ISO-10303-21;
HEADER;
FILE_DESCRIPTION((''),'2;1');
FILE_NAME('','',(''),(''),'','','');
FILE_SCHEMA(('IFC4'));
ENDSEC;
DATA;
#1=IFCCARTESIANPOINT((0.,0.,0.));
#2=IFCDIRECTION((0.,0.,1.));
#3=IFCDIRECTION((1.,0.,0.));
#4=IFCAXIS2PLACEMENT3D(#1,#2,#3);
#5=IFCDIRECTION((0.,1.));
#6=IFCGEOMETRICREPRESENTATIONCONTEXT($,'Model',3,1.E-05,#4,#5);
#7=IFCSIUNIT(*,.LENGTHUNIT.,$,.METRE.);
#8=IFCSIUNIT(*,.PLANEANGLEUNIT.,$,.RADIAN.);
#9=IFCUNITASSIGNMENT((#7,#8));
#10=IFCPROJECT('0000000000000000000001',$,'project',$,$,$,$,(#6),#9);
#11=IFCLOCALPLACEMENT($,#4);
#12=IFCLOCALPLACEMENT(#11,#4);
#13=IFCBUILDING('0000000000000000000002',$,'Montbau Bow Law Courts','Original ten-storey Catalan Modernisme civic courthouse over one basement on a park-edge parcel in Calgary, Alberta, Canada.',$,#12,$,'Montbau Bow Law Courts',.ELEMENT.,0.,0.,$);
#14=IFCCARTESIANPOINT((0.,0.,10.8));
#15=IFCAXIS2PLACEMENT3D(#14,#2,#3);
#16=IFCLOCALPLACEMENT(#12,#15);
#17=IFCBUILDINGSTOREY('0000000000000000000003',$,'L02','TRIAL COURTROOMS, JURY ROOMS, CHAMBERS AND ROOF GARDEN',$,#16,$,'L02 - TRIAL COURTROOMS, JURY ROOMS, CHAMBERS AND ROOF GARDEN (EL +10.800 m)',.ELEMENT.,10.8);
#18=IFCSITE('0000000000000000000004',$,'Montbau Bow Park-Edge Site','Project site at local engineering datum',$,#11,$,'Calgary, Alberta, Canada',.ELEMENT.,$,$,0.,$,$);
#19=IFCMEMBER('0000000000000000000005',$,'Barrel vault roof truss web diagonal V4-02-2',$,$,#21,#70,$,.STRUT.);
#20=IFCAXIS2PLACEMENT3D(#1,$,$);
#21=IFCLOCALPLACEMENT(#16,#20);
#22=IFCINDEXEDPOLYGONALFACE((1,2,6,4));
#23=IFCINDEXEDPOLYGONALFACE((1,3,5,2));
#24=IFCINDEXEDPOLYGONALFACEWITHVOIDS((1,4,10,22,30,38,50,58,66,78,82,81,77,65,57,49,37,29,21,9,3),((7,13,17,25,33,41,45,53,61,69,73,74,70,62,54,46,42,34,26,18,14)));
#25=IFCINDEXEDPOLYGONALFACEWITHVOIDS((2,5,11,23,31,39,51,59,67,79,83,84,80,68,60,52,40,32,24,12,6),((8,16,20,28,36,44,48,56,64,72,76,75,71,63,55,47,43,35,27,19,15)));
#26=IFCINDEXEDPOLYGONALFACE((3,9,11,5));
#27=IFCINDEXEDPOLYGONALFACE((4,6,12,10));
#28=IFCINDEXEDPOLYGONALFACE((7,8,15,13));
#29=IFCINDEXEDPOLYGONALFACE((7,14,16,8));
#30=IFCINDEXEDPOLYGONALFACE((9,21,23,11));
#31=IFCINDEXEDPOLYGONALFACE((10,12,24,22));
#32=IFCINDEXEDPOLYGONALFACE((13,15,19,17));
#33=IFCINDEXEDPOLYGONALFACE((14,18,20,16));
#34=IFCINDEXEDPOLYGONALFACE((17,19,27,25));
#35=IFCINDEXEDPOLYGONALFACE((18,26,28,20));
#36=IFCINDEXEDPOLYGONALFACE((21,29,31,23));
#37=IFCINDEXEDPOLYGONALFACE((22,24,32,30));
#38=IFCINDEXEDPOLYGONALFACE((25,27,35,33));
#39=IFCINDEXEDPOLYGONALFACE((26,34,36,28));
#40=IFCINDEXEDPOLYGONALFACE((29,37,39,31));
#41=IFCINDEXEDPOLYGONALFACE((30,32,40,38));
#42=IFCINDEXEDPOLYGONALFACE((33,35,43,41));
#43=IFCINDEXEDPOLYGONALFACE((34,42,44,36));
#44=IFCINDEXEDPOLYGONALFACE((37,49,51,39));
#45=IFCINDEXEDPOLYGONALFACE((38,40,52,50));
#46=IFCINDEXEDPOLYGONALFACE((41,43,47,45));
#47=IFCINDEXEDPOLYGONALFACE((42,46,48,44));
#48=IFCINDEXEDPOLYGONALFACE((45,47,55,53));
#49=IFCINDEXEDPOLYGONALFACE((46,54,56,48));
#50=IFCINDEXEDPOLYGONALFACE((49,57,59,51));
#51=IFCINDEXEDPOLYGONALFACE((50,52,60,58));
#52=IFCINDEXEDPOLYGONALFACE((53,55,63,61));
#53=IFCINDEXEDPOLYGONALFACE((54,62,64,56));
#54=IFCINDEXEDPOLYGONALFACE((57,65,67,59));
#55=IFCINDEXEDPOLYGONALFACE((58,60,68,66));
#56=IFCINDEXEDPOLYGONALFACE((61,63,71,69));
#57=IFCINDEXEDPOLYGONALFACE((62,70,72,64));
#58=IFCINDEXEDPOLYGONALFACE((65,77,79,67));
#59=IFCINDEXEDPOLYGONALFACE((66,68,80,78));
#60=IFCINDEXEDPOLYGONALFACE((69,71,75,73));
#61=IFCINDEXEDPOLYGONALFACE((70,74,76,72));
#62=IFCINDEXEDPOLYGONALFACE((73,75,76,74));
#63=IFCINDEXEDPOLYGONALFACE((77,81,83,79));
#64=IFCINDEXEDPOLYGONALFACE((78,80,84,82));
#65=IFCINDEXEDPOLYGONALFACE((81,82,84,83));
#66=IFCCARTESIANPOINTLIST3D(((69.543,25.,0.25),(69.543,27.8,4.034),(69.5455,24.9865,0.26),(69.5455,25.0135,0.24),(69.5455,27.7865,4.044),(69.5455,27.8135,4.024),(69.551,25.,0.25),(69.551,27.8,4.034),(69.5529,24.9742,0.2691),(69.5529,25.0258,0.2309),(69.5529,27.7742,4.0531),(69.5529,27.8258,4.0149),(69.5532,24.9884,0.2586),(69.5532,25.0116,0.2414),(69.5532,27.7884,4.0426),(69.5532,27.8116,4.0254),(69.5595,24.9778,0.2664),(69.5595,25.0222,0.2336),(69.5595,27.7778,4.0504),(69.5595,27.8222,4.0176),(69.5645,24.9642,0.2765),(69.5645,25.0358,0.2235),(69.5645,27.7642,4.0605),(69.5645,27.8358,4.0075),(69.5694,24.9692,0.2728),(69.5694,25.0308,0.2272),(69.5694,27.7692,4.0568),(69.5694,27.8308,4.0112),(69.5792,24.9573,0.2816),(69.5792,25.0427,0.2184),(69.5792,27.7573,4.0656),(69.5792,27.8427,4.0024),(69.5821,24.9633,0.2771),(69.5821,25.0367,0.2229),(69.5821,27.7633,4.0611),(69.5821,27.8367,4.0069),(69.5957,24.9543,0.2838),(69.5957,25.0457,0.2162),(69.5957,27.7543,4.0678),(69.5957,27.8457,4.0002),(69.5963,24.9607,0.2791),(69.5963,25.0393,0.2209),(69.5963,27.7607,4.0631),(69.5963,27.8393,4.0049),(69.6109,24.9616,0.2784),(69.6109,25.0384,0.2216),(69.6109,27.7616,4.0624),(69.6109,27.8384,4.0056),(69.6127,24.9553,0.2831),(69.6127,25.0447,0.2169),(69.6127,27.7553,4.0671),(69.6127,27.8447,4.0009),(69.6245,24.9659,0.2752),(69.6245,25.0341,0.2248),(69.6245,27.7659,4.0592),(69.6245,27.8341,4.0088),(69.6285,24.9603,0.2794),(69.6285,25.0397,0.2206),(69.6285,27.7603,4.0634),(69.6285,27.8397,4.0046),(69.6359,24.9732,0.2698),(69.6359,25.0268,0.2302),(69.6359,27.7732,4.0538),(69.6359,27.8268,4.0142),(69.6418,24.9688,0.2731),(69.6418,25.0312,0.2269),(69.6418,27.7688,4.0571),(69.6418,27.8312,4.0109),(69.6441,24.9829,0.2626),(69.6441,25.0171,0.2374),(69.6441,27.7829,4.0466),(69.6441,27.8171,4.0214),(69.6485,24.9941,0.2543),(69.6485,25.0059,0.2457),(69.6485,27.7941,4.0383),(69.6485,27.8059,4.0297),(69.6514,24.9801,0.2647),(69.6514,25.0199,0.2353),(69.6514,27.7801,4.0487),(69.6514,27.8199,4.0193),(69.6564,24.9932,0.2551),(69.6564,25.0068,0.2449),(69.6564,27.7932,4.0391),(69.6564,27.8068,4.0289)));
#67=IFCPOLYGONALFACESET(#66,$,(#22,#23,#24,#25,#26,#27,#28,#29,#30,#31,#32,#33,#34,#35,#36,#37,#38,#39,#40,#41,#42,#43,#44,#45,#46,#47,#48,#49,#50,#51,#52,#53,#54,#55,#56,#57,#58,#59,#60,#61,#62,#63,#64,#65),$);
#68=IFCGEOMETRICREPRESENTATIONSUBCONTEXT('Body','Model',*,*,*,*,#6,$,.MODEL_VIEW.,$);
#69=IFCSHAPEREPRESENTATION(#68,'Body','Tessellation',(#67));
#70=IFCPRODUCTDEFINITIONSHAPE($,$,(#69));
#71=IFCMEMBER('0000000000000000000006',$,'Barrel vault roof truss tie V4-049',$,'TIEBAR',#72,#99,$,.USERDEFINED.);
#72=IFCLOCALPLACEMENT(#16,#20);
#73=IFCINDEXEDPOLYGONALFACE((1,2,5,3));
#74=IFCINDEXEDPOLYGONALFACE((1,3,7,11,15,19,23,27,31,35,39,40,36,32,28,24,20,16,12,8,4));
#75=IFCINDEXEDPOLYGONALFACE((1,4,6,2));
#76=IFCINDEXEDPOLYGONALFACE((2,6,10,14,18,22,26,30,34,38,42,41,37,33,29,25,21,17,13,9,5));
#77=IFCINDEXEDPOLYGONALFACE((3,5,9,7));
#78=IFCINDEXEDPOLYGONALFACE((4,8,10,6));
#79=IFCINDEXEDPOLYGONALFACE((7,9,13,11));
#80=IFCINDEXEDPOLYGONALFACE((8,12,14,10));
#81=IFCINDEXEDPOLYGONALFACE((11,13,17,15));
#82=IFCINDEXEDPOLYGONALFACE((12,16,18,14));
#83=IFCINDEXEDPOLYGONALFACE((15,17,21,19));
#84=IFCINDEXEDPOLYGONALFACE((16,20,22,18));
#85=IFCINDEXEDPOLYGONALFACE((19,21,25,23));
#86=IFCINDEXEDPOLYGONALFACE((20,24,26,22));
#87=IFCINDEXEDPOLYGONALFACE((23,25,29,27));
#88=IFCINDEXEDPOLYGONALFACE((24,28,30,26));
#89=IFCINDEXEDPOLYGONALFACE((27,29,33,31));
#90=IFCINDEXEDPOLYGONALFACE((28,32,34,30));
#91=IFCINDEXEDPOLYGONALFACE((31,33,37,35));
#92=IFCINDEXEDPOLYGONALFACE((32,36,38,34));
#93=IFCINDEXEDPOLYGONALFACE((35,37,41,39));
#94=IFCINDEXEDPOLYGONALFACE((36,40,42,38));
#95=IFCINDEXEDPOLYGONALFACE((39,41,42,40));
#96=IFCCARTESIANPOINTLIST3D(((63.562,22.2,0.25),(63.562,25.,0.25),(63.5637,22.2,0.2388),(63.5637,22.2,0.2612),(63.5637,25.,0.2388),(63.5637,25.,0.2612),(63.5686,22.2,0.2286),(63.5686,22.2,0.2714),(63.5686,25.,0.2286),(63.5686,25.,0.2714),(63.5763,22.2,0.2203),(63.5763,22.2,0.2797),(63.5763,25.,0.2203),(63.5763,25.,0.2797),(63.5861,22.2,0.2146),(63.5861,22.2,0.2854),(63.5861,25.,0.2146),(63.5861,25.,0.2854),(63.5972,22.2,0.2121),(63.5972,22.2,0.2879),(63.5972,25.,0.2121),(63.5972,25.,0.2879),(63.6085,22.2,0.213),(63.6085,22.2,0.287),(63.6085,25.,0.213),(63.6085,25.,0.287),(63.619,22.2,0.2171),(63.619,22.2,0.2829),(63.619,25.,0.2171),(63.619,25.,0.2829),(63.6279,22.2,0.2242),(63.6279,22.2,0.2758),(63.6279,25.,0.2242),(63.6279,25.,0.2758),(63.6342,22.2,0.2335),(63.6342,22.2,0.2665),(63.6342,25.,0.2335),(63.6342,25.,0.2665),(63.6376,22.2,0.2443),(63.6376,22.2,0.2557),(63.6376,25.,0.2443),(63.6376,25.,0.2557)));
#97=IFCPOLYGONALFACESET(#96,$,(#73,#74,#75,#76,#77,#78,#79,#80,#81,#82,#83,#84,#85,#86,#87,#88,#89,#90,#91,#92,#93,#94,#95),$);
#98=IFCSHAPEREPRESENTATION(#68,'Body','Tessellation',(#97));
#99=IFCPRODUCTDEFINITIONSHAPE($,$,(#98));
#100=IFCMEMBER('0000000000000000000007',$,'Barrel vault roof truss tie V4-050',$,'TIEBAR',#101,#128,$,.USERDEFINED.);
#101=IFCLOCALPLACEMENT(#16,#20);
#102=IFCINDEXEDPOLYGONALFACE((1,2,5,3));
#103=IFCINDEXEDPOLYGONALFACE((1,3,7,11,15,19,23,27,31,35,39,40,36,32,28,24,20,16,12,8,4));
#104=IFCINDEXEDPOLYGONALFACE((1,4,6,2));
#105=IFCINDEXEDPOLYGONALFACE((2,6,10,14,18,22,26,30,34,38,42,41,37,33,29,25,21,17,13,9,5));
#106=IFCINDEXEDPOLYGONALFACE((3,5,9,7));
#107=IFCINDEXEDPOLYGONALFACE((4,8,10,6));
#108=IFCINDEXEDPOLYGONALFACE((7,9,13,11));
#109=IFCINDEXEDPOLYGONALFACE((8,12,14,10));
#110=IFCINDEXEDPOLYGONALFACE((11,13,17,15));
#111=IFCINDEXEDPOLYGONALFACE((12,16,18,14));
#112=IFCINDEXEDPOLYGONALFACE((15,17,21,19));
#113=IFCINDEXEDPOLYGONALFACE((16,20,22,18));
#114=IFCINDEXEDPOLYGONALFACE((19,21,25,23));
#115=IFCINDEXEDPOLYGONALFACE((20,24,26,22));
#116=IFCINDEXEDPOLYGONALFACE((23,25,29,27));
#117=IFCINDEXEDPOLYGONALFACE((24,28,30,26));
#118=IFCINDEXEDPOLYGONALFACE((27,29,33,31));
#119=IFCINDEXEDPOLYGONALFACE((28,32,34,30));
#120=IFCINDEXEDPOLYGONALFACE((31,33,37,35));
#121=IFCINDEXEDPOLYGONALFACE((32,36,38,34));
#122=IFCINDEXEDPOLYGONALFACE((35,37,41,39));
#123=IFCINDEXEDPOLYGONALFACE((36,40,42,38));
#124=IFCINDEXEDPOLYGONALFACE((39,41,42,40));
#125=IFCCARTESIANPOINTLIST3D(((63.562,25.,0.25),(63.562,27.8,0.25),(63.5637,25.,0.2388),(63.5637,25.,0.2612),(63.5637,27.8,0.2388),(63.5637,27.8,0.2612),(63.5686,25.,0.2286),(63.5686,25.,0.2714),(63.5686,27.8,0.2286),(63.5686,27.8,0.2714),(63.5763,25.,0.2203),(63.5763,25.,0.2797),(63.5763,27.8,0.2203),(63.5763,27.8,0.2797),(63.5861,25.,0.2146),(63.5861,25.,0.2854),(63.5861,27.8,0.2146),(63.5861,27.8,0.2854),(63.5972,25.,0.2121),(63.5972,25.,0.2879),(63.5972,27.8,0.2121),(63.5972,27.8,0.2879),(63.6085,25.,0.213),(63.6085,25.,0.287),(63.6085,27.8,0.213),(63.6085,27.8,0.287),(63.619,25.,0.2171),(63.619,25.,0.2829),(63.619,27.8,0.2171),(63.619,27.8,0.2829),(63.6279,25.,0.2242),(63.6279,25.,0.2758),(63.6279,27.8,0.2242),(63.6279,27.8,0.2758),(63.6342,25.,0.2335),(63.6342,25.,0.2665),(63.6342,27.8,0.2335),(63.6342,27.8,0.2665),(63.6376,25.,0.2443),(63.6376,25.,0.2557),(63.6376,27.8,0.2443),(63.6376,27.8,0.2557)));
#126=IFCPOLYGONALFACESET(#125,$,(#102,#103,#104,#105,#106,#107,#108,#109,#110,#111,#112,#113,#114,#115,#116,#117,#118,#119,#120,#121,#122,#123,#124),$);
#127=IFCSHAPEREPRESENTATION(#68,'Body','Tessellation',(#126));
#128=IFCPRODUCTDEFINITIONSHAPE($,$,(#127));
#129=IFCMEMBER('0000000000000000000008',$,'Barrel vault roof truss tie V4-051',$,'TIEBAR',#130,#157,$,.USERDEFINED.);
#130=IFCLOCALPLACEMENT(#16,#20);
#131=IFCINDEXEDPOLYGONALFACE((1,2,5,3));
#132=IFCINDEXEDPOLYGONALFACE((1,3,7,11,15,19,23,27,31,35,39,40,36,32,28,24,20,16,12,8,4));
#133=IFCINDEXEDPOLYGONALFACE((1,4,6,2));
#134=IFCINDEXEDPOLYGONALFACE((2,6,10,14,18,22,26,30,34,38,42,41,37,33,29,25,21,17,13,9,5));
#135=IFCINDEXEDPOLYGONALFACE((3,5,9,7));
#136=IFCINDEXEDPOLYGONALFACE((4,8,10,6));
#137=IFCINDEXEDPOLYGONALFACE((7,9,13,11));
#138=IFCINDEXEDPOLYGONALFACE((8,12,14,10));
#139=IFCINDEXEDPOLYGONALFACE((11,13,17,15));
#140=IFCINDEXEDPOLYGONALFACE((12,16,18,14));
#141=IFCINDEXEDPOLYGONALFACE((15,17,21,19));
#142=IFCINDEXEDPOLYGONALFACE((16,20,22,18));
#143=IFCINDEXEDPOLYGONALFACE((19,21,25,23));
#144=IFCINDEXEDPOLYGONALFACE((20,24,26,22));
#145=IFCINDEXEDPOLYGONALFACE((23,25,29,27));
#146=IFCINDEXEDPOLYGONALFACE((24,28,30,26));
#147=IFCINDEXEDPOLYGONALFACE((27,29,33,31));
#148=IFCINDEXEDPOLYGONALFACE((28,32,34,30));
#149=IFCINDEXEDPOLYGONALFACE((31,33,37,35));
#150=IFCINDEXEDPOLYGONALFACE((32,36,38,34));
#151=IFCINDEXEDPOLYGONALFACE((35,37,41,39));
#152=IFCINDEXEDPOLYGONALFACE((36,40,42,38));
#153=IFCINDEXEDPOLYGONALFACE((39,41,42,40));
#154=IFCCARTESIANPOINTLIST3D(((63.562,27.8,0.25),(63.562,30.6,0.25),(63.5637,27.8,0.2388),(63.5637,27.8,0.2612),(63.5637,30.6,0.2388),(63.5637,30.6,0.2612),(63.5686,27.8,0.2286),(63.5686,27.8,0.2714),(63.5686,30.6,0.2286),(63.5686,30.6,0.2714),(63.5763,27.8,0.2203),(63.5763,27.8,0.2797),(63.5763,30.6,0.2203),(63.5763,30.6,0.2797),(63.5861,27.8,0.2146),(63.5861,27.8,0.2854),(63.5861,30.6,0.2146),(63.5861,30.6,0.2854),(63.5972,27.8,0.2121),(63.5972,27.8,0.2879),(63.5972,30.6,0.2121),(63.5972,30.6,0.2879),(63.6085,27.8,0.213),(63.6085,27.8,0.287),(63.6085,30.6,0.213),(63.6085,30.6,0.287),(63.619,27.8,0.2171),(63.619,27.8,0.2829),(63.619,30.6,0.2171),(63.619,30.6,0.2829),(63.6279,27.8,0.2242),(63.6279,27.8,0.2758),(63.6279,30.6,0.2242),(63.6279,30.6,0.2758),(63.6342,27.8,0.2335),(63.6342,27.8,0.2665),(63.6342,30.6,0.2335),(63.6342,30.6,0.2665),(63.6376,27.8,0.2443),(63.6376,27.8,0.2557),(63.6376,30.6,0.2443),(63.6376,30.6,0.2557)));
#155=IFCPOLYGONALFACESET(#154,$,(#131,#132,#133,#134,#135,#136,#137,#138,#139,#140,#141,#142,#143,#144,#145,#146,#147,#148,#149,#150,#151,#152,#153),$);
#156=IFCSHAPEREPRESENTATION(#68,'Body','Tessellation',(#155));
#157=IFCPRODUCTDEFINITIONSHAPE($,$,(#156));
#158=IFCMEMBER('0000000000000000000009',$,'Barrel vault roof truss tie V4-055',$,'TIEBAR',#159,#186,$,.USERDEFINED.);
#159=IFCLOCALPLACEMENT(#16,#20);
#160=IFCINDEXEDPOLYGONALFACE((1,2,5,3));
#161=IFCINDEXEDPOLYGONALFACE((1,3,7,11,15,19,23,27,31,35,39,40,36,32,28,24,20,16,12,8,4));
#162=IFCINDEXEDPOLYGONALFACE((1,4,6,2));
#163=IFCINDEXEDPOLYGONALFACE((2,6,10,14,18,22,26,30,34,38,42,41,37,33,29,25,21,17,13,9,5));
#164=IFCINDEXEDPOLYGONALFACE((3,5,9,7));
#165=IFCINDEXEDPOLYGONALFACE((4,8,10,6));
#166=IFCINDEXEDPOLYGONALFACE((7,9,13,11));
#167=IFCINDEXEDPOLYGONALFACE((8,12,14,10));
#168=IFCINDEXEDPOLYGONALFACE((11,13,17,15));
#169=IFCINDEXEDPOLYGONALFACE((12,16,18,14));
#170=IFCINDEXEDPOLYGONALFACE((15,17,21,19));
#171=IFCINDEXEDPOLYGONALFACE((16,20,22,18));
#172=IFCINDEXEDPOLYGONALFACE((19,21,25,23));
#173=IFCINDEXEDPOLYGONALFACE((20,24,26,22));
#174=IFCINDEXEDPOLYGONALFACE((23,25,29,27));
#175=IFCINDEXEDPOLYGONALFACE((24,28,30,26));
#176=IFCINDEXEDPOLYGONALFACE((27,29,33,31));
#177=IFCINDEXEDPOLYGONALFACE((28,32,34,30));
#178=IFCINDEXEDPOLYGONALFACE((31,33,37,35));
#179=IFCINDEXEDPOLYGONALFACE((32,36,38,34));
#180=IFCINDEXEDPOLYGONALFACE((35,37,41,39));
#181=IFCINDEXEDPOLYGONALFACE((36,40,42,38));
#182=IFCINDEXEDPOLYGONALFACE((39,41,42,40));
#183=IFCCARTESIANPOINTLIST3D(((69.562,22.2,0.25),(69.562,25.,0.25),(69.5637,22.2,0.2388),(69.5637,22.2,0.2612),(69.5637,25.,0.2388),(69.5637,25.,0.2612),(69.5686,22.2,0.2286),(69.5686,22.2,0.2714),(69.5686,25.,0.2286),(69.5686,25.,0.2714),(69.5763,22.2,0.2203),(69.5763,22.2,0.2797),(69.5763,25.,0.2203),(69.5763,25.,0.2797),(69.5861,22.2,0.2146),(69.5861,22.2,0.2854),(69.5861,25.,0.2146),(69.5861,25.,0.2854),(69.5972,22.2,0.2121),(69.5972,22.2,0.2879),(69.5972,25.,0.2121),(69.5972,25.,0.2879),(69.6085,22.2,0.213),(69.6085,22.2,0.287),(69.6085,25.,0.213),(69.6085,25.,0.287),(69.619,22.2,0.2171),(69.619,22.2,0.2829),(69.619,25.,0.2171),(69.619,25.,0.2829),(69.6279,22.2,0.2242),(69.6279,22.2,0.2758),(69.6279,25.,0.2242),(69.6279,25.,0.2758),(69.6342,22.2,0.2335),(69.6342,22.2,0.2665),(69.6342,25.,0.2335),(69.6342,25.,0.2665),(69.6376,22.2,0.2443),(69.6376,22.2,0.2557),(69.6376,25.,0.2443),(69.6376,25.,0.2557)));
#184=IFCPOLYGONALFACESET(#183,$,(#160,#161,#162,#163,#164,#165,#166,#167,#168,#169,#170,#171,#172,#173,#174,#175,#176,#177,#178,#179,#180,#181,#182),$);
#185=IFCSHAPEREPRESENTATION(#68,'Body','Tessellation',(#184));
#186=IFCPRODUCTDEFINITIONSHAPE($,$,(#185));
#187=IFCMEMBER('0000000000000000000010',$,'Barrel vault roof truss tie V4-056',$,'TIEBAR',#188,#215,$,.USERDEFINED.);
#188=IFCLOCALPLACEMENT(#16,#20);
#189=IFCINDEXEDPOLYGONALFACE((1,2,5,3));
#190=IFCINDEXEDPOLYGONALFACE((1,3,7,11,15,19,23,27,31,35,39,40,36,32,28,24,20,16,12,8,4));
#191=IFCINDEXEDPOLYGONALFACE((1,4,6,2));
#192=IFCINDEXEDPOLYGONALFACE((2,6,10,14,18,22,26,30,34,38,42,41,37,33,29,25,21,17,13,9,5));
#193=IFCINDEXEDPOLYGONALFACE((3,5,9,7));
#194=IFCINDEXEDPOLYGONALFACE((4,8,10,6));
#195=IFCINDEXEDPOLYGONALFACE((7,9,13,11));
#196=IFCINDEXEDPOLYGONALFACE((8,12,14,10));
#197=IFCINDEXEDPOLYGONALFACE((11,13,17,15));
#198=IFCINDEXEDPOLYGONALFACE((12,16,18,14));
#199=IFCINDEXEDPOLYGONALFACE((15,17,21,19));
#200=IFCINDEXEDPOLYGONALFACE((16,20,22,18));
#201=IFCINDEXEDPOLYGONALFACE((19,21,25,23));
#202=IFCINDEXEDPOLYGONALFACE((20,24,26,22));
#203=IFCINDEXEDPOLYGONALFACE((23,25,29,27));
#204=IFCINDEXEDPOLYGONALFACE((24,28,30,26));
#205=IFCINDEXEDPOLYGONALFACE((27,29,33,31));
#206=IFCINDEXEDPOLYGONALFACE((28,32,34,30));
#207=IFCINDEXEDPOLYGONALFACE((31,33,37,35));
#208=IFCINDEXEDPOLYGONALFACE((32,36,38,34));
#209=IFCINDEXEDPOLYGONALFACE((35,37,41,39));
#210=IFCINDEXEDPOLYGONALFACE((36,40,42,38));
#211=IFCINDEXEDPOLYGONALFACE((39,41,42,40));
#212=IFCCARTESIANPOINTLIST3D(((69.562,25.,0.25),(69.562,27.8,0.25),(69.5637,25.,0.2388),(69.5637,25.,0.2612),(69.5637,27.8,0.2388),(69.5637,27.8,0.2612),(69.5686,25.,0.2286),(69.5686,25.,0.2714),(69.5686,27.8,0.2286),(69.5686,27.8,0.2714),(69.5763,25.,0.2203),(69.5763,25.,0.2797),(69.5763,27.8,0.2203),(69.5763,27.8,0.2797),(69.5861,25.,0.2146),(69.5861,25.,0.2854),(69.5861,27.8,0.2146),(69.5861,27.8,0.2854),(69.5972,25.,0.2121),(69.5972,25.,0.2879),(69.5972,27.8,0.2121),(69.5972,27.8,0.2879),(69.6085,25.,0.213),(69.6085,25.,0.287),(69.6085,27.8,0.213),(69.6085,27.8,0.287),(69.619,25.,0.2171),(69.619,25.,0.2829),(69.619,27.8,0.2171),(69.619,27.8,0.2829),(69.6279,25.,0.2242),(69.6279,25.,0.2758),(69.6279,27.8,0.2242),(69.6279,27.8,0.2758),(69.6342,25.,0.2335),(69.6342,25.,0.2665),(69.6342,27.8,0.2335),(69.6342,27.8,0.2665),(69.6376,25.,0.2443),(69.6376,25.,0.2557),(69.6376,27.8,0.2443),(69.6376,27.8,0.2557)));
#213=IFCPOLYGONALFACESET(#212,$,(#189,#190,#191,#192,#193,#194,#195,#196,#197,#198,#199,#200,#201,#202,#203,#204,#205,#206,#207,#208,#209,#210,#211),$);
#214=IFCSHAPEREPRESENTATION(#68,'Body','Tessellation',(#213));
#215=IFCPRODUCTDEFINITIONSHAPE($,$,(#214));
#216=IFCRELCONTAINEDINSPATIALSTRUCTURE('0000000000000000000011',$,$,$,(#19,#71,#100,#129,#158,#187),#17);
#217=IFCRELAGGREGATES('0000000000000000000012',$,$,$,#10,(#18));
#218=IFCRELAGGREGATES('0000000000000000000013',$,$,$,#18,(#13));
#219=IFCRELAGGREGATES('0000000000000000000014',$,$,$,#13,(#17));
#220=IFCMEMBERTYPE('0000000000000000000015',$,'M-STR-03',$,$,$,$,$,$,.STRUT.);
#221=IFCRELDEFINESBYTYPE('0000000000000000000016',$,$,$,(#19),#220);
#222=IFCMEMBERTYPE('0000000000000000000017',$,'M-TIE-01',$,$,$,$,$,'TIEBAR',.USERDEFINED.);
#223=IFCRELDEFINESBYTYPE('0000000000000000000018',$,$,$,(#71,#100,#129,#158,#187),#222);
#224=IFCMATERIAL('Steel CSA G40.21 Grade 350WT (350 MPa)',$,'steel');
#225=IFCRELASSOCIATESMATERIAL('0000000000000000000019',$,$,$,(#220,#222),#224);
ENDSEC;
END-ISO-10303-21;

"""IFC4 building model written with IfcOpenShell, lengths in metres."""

from ifc_helpers import new_model, si_unit, direction, frame, origin_with_axes, origin_2d_with_axis, place, context, subcontext, project, spatial, circle, hollow_circle, extrude, material, material_profile, profile_set, type_object, element, save


model = new_model("IFC4")

# Units and contexts
model_context = context("Model", 3, precision=1e-05, world=origin_with_axes(), true_north=direction((0.0, 1.0)))
body_context = subcontext(model_context, "Body", "Model", "MODEL_VIEW")
ifc_project = project(units=[si_unit("LENGTHUNIT", "METRE"), si_unit("PLANEANGLEUNIT", "RADIAN")], contexts=[model_context])

# Site, building, storey
site_placement = place(None, origin_with_axes())
site = spatial("IfcSite", under=ifc_project, at=site_placement, Name="Montbau Bow Park-Edge Site", Description="Project site at local engineering datum", LongName="Calgary, Alberta, Canada", CompositionType="ELEMENT", RefElevation=0.0)
building_placement = place(site_placement, origin_with_axes())
building = spatial("IfcBuilding", under=site, at=building_placement, Name="Montbau Bow Law Courts", Description="Original ten-storey Catalan Modernisme civic courthouse over one basement on a park-edge parcel in Calgary, Alberta, Canada.", LongName="Montbau Bow Law Courts", CompositionType="ELEMENT", ElevationOfRefHeight=0.0, ElevationOfTerrain=0.0)
storey_placement = place(building_placement, frame((0.0, 0.0, 10.8), z_axis=(0.0, 0.0, 1.0), x_axis=(1.0, 0.0, 0.0)))
storey = spatial("IfcBuildingStorey", under=building, at=storey_placement, Name="L02", Description="TRIAL COURTROOMS, JURY ROOMS, CHAMBERS AND ROOF GARDEN", LongName="L02 - TRIAL COURTROOMS, JURY ROOMS, CHAMBERS AND ROOF GARDEN (EL +10.800 m)", CompositionType="ELEMENT", Elevation=10.8)

# Shared definitions
ifc_material_1 = material(Name="Steel CSA G40.21 Grade 350WT (350 MPa)", Category="steel")

# Members
ifc_material_profile_1 = material_profile(ifc_material_1, hollow_circle(Radius=0.057, WallThickness=0.008, at=origin_2d_with_axis()), Name="HSS114X8.0", Category="Main", Priority=0)
ifc_profile_set_1 = profile_set([ifc_material_profile_1], Name="Steel CSA G40.21 Grade 350WT (350 MPa)")
member_type_1 = type_object("IfcMemberType", Name="M-STR-03", PredefinedType="STRUT", material=ifc_profile_set_1)
member_1_placement = place(None, frame((69.6, 25.0, 11.05), z_axis=(0.0, 0.594821, 0.803858), x_axis=(-1.0, 0.0, 0.0)))
element("IfcMember", 1, at=member_1_placement, inside=storey, type_object=member_type_1, Name="Barrel vault roof truss web diagonal V4-02-2", PredefinedType="STRUT", context=body_context, shape_type="SweptSolid", body=[
    extrude(hollow_circle(Radius=0.057, WallThickness=0.008, at=origin_2d_with_axis()), origin_with_axes(), (0.0, 0.0, 1.0), 4.7073),
])
ifc_material_profile_2 = material_profile(ifc_material_1, circle(Radius=0.038, at=origin_2d_with_axis()), Name="ROD76", Category="Main", Priority=0)
ifc_profile_set_2 = profile_set([ifc_material_profile_2], Name="Steel CSA G40.21 Grade 350WT (350 MPa)")
member_type_2 = type_object("IfcMemberType", Name="M-TIE-01", ElementType="TIEBAR", PredefinedType="USERDEFINED", material=ifc_profile_set_2)
for number, where, z_axis, x_axis, name in (
    (2, (63.6, 22.2, 11.05), (0.0, 1.0, 0.0), (-1.0, 0.0, 0.0), "Barrel vault roof truss tie V4-049"),
    (3, (63.6, 25.0, 11.05), (0.0, 1.0, 0.0), (-1.0, 0.0, 0.0), "Barrel vault roof truss tie V4-050"),
    (4, (63.6, 27.8, 11.05), (0.0, 1.0, 0.0), (-1.0, 0.0, 0.0), "Barrel vault roof truss tie V4-051"),
    (5, (69.6, 22.2, 11.05), (0.0, 1.0, 0.0), (-1.0, 0.0, 0.0), "Barrel vault roof truss tie V4-055"),
    (6, (69.6, 25.0, 11.05), (0.0, 1.0, 0.0), (-1.0, 0.0, 0.0), "Barrel vault roof truss tie V4-056"),
):
    element("IfcMember", number, at=place(None, frame(where, z_axis=z_axis, x_axis=x_axis)), inside=storey, type_object=member_type_2, Name=name, ObjectType="TIEBAR", PredefinedType="USERDEFINED", context=body_context, shape_type="SweptSolid", body=[
        extrude(circle(Radius=0.038, at=origin_2d_with_axis()), origin_with_axes(), (0.0, 0.0, 1.0), 2.8),
    ])

save(model, "model.ifc")
